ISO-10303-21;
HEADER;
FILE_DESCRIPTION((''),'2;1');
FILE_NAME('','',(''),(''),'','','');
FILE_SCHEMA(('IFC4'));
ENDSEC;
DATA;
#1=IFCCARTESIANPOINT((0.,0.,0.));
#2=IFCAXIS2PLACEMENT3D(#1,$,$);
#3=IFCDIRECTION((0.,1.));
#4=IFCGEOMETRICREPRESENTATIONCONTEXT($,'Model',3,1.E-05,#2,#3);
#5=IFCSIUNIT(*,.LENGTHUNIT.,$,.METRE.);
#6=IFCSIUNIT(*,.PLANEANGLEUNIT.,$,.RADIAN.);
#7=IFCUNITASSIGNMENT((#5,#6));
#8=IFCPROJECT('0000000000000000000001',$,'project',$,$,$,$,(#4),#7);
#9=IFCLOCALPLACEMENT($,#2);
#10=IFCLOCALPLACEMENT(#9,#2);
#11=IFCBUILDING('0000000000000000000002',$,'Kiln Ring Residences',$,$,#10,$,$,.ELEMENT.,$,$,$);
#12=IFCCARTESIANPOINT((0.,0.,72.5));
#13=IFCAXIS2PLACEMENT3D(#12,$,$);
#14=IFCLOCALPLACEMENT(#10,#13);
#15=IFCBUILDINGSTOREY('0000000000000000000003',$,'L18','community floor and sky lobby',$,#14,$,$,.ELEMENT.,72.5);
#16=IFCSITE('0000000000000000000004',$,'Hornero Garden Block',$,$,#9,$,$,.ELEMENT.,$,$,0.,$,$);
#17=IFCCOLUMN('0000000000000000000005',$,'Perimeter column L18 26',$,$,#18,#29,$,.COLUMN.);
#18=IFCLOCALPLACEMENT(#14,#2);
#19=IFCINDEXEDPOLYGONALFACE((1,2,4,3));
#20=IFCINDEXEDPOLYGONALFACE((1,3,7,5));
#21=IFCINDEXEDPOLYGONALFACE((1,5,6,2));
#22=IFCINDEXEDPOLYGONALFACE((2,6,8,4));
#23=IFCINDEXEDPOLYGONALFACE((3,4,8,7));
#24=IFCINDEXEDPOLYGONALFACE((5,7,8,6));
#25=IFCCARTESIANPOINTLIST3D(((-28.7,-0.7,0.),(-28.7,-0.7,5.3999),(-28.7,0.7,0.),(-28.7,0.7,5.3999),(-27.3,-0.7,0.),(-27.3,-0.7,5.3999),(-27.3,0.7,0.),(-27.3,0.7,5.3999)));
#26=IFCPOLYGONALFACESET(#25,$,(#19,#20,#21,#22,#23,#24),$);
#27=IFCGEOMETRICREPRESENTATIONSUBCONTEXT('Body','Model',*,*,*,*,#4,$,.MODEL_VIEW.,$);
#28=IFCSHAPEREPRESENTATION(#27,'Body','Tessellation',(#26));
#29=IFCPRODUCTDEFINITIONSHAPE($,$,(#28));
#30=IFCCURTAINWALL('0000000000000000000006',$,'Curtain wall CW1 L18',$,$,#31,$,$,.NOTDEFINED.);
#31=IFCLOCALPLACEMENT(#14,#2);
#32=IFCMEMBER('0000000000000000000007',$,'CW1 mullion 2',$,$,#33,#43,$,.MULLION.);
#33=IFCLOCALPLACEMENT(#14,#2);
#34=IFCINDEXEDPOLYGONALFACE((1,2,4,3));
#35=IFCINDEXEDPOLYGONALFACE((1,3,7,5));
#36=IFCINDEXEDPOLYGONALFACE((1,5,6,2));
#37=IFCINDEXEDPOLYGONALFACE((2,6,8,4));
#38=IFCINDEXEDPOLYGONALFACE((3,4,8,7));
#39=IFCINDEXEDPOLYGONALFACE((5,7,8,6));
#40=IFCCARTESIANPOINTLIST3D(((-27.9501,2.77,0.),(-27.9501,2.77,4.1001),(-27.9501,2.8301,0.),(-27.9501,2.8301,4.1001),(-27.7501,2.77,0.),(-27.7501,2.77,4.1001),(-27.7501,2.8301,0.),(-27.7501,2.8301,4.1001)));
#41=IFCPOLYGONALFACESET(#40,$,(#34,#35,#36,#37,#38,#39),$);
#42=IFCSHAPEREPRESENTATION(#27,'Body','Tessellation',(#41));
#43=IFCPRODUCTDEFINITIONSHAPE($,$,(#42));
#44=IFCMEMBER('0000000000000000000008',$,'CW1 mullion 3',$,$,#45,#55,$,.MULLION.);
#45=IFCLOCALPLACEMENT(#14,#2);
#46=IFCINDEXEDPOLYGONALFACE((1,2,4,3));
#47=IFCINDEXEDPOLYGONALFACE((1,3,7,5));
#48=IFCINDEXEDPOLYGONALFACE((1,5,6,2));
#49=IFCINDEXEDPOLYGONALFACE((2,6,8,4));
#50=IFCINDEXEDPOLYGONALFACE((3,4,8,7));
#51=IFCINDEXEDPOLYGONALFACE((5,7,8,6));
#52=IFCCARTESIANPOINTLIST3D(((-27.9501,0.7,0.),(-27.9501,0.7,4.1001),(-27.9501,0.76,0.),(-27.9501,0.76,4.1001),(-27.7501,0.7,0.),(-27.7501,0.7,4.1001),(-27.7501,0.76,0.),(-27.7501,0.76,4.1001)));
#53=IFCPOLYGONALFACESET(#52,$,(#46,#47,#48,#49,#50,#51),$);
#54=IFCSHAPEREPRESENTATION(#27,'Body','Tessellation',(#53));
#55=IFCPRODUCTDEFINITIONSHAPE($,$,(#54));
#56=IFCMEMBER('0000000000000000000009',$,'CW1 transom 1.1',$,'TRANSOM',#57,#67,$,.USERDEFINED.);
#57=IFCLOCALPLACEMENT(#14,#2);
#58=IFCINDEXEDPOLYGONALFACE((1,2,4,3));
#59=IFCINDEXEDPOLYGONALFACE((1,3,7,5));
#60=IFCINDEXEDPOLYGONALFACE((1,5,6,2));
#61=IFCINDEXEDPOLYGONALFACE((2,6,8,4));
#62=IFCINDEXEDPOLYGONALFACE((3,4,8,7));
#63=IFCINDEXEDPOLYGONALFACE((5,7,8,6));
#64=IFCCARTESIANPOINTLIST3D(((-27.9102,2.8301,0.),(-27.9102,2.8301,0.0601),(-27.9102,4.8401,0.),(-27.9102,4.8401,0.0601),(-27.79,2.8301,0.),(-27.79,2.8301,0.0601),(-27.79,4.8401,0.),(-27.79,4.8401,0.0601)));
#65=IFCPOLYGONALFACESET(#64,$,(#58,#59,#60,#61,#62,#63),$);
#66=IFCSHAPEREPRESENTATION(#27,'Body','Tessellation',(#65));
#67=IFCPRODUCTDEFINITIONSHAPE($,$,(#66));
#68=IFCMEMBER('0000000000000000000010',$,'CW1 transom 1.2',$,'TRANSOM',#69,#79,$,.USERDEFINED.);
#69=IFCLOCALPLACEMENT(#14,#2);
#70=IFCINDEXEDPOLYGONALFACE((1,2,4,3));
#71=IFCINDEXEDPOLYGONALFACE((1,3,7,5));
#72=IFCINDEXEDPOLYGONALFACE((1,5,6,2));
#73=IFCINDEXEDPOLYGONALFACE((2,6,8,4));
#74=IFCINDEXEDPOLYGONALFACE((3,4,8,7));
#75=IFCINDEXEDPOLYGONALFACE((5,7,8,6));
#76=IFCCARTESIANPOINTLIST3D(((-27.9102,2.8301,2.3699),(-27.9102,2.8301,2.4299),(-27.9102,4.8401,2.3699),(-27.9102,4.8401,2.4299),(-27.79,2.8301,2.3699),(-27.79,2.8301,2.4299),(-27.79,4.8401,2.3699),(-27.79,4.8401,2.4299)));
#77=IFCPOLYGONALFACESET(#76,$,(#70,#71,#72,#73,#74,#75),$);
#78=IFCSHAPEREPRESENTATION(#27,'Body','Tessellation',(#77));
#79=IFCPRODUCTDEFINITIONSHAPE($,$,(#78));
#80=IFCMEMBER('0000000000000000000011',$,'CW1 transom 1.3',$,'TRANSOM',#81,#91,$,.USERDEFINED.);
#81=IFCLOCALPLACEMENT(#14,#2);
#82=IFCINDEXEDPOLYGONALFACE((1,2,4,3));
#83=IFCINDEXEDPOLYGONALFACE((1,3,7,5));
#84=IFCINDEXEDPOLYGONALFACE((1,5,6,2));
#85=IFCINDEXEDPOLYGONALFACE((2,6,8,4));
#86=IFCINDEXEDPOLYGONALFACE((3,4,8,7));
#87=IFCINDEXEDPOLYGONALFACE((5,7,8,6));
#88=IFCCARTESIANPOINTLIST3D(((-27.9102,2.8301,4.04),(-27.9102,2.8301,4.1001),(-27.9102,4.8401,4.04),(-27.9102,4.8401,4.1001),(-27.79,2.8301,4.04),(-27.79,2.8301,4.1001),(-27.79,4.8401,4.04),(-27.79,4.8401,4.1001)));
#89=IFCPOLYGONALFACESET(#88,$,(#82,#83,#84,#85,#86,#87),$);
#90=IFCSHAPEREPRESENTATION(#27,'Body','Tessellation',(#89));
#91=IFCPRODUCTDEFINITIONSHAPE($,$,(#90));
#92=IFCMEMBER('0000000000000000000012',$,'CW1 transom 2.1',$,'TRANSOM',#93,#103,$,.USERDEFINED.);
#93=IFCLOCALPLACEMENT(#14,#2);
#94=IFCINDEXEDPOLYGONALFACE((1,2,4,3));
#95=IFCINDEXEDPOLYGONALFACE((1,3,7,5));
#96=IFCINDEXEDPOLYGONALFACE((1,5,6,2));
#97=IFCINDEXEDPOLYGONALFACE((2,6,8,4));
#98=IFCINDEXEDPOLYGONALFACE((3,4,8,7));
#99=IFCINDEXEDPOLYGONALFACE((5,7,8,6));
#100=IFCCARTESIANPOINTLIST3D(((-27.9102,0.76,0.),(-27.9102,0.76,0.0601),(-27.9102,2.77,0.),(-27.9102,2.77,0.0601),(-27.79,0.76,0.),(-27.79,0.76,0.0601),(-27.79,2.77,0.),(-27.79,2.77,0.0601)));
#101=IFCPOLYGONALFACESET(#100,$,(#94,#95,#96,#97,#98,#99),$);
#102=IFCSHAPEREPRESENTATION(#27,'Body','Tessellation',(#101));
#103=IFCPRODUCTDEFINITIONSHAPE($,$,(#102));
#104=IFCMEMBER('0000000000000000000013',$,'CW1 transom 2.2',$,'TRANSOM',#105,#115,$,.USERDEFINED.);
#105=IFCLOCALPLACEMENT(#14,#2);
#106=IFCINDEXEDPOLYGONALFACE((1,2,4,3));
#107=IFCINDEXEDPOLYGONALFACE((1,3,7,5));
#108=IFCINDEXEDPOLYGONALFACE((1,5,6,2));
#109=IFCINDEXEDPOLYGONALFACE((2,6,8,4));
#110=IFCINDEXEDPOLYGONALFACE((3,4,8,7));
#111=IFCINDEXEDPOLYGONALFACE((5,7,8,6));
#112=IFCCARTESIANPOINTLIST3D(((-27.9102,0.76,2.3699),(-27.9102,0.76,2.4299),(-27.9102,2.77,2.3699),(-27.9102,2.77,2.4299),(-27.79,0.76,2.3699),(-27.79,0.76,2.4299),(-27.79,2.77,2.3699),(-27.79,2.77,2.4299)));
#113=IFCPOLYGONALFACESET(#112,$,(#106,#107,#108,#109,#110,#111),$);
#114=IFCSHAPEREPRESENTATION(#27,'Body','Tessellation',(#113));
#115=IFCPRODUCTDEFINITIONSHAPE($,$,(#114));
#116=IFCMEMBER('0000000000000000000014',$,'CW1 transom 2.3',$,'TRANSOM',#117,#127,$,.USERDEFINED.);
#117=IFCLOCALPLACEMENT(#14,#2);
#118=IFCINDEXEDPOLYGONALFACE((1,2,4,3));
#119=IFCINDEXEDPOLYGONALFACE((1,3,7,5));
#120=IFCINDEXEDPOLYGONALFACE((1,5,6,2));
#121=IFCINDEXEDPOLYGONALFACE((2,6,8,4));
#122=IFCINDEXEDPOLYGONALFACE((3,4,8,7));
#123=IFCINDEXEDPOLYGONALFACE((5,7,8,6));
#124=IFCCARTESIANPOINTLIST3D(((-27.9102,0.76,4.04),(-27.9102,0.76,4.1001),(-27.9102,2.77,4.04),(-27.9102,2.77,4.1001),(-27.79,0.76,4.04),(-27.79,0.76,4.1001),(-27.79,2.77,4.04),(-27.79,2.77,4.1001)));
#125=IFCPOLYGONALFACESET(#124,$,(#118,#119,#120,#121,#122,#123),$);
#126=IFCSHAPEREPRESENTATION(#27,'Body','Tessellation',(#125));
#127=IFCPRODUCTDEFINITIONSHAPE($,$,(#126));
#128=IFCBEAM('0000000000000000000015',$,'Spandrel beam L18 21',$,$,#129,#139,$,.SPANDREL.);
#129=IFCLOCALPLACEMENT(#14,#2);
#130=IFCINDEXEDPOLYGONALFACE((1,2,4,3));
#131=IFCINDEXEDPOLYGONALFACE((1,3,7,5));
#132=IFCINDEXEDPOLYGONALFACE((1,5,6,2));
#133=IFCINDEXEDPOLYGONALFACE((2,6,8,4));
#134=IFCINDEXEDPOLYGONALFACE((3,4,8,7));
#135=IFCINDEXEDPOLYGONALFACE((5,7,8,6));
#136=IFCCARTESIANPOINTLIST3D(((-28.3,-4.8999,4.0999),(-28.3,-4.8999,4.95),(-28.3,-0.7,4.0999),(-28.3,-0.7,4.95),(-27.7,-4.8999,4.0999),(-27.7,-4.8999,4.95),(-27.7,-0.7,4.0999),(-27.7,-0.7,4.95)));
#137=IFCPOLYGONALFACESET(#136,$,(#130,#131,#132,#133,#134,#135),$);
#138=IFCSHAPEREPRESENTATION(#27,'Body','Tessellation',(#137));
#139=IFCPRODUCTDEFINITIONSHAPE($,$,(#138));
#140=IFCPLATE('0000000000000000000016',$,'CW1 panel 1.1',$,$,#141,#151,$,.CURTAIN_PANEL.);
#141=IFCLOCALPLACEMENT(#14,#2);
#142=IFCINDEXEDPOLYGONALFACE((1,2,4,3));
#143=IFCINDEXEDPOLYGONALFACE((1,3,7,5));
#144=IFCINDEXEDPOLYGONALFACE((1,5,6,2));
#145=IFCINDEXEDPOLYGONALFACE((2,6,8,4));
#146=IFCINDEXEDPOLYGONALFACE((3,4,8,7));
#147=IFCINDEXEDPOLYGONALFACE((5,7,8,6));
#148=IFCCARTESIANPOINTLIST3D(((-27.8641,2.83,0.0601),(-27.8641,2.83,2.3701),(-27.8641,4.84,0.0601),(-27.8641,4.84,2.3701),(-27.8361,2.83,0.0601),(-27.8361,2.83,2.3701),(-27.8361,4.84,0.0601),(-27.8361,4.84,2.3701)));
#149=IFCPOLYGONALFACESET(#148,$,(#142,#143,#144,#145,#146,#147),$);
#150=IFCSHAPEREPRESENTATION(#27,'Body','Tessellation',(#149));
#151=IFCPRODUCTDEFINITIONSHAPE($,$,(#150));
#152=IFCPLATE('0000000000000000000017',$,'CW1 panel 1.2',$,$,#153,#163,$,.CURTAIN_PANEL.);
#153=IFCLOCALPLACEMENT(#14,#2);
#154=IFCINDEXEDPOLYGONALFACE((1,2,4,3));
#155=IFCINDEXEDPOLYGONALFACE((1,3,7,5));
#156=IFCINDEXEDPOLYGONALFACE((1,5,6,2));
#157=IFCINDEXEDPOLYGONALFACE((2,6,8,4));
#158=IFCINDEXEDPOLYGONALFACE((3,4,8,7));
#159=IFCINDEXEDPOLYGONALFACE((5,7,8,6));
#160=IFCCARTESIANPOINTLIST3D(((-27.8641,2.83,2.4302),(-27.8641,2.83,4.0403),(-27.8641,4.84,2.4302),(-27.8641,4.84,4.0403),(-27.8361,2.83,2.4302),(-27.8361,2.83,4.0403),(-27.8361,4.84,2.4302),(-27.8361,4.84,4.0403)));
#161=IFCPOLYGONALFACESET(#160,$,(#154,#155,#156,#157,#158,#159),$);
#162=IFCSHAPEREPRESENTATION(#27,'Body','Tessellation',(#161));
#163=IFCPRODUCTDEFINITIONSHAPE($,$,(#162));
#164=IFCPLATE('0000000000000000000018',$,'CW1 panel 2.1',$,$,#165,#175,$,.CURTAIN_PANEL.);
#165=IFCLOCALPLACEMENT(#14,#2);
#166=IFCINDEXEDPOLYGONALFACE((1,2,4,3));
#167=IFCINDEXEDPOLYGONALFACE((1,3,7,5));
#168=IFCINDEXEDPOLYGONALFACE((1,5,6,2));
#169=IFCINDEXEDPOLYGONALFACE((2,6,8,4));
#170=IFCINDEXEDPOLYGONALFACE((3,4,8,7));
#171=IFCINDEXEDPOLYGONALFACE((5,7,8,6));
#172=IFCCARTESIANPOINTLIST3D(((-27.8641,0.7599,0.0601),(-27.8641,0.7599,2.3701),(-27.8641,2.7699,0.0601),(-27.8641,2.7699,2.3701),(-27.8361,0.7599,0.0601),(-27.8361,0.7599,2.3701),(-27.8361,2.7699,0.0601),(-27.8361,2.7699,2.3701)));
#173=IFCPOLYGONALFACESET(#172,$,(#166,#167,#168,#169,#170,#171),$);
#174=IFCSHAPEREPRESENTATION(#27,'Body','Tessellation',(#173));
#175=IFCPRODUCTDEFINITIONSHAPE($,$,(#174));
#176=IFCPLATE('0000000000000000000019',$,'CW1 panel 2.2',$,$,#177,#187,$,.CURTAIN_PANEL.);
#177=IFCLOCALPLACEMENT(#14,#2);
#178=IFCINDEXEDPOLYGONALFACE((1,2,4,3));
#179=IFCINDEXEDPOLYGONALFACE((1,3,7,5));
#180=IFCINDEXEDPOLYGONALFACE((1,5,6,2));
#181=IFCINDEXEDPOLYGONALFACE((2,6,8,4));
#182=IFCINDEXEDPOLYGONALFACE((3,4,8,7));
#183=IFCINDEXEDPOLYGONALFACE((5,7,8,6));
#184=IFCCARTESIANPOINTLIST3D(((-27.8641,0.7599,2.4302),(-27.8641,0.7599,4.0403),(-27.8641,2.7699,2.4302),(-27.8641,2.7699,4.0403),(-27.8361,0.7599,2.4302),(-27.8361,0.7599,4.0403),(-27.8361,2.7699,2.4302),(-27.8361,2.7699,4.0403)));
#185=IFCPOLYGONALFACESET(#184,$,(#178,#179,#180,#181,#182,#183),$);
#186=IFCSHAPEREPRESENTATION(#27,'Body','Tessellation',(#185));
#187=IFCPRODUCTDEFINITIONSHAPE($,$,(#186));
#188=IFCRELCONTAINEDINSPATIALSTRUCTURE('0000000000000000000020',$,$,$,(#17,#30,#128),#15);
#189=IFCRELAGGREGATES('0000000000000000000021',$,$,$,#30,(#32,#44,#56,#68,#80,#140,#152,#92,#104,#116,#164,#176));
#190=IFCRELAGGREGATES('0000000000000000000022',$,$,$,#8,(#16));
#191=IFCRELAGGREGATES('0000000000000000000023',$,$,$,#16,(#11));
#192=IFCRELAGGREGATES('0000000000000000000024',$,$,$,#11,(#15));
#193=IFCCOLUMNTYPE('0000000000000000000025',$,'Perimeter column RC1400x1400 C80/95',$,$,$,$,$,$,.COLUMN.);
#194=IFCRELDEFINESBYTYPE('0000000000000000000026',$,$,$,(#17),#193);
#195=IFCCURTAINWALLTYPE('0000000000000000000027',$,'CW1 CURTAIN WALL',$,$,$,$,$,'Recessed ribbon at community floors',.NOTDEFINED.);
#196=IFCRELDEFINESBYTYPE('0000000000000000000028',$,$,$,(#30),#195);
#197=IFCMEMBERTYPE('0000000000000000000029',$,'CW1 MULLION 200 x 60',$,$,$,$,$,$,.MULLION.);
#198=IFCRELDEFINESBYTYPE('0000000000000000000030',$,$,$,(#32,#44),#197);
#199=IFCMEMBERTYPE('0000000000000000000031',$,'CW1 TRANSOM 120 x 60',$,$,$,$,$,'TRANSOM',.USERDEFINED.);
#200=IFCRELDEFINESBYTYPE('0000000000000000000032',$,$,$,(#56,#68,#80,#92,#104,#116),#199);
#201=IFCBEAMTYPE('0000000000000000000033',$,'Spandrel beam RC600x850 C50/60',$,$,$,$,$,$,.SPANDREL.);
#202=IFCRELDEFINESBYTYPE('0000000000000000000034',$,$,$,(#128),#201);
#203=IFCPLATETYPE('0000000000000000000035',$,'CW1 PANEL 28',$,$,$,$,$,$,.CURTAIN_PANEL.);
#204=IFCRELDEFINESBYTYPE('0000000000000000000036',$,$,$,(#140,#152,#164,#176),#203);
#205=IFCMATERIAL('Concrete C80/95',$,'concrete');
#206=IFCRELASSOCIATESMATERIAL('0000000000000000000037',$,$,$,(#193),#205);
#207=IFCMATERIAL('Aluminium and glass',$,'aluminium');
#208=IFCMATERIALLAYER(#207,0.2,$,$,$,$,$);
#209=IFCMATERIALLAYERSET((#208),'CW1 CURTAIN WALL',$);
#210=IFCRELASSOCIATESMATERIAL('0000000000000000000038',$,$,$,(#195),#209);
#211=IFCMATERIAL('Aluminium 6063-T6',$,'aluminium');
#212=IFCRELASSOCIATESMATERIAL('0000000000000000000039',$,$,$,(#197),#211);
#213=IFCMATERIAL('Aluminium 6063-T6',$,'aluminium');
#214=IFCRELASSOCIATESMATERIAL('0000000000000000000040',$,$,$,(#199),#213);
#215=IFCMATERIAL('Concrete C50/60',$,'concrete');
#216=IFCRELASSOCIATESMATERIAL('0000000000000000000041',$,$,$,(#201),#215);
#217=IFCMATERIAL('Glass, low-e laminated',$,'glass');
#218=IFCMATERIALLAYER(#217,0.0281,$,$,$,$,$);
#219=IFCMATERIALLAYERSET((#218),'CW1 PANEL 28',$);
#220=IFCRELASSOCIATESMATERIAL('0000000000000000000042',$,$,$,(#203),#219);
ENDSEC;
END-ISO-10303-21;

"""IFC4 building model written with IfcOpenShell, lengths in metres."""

from ifc_helpers import new_model, si_unit, direction, frame, origin, origin_2d, place, context, subcontext, project, spatial, rectangle, extrude, material, layer, layer_set, material_profile, profile_set, type_object, element, aggregate, save


model = new_model("IFC4")

# Units and contexts
model_context = context("Model", 3, precision=1e-05, world=origin(), true_north=direction((0.0, 1.0)))
body_context = subcontext(model_context, "Body", "Model", "MODEL_VIEW")
ifc_project = project(units=[si_unit("LENGTHUNIT", "METRE"), si_unit("PLANEANGLEUNIT", "RADIAN")], contexts=[model_context])

# Site, building, storey
site_placement = place(None, origin())
site = spatial("IfcSite", under=ifc_project, at=site_placement, Name="Hornero Garden Block", CompositionType="ELEMENT", RefElevation=0.0)
building_placement = place(site_placement, origin())
building = spatial("IfcBuilding", under=site, at=building_placement, Name="Kiln Ring Residences", CompositionType="ELEMENT")
storey_placement = place(building_placement, frame((0.0, 0.0, 72.5)))
storey = spatial("IfcBuildingStorey", under=building, at=storey_placement, Name="L18", Description="community floor and sky lobby", CompositionType="ELEMENT", Elevation=72.5)

# Column
ifc_material_1 = material(Name="Concrete C80/95", Category="concrete")
ifc_material_profile_1 = material_profile(ifc_material_1, rectangle(XDim=1.3999, YDim=1.3999, at=origin_2d()), Name="RC1400x1400")
ifc_profile_set_1 = profile_set([ifc_material_profile_1], Name="Concrete C80/95")
column_type = type_object("IfcColumnType", Name="Perimeter column RC1400x1400 C80/95", PredefinedType="COLUMN", material=ifc_profile_set_1)
column_placement = place(storey_placement, frame((-28.0, 0.0, 0.0), z_axis=(0.0, 0.0, 1.0), x_axis=(1.0, 0.0, 0.0)))
element("IfcColumn", 1, at=column_placement, inside=storey, type_object=column_type, Name="Perimeter column L18 26", PredefinedType="COLUMN", context=body_context, shape_type="SweptSolid", body=[
    extrude(rectangle(XDim=1.3999, YDim=1.3999, at=origin_2d()), origin(), (0.0, 0.0, 1.0), 5.3999),
])

# Curtain wall, members
ifc_material_2 = material(Name="Aluminium and glass", Category="aluminium")
ifc_layer_1 = layer(ifc_material_2, 0.2)
ifc_layer_set_1 = layer_set([ifc_layer_1], Name="CW1 CURTAIN WALL")
curtain_wall_type = type_object("IfcCurtainWallType", Name="CW1 CURTAIN WALL", ElementType="Recessed ribbon at community floors", PredefinedType="NOTDEFINED", material=ifc_layer_set_1)
placement = place(storey_placement, origin())
curtain_wall = element("IfcCurtainWall", 2, at=placement, inside=storey, type_object=curtain_wall_type, Name="Curtain wall CW1 L18", PredefinedType="NOTDEFINED")
ifc_material_3 = material(Name="Aluminium 6063-T6", Category="aluminium")
ifc_material_profile_2 = material_profile(ifc_material_3, rectangle(XDim=0.2, YDim=0.0601, at=origin_2d()), Name="AL 200x60")
ifc_profile_set_2 = profile_set([ifc_material_profile_2], Name="Aluminium 6063-T6")
member_type_1 = type_object("IfcMemberType", Name="CW1 MULLION 200 x 60", PredefinedType="MULLION", material=ifc_profile_set_2)
member_1_placement = place(storey_placement, frame((-27.8501, 2.8, 0.0), z_axis=(0.0, 0.0, 1.0), x_axis=(1.0, 0.0, 0.0)))
member_1 = element("IfcMember", 3, at=member_1_placement, type_object=member_type_1, Name="CW1 mullion 2", PredefinedType="MULLION", context=body_context, shape_type="SweptSolid", body=[
    extrude(rectangle(XDim=0.2, YDim=0.0601, at=origin_2d()), origin(), (0.0, 0.0, 1.0), 4.1001),
])
member_2_placement = place(storey_placement, frame((-27.8501, 0.73, 0.0), z_axis=(0.0, 0.0, 1.0), x_axis=(1.0, 0.0, 0.0)))
member_2 = element("IfcMember", 4, at=member_2_placement, type_object=member_type_1, Name="CW1 mullion 3", PredefinedType="MULLION", context=body_context, shape_type="SweptSolid", body=[
    extrude(rectangle(XDim=0.2, YDim=0.0601, at=origin_2d()), origin(), (0.0, 0.0, 1.0), 4.1001),
])
ifc_material_4 = material(Name="Aluminium 6063-T6", Category="aluminium")
ifc_material_profile_3 = material_profile(ifc_material_4, rectangle(XDim=0.1201, YDim=0.0601, at=origin_2d()), Name="AL 120x60")
ifc_profile_set_3 = profile_set([ifc_material_profile_3], Name="Aluminium 6063-T6")
member_type_2 = type_object("IfcMemberType", Name="CW1 TRANSOM 120 x 60", ElementType="TRANSOM", PredefinedType="USERDEFINED", material=ifc_profile_set_3)
member_3_placement = place(storey_placement, frame((-27.8501, 4.8401, 0.03), z_axis=(0.0, -1.0, 0.0), x_axis=(1.0, 0.0, 0.0)))
member_3 = element("IfcMember", 5, at=member_3_placement, type_object=member_type_2, Name="CW1 transom 1.1", ObjectType="TRANSOM", PredefinedType="USERDEFINED", context=body_context, shape_type="SweptSolid", body=[
    extrude(rectangle(XDim=0.1201, YDim=0.0601, at=origin_2d()), origin(), (0.0, 0.0, 1.0), 2.01),
])
member_4_placement = place(storey_placement, frame((-27.8501, 4.8401, 2.3999), z_axis=(0.0, -1.0, 0.0), x_axis=(1.0, 0.0, 0.0)))
member_4 = element("IfcMember", 6, at=member_4_placement, type_object=member_type_2, Name="CW1 transom 1.2", ObjectType="TRANSOM", PredefinedType="USERDEFINED", context=body_context, shape_type="SweptSolid", body=[
    extrude(rectangle(XDim=0.1201, YDim=0.0601, at=origin_2d()), origin(), (0.0, 0.0, 1.0), 2.01),
])
member_5_placement = place(storey_placement, frame((-27.8501, 4.8401, 4.0701), z_axis=(0.0, -1.0, 0.0), x_axis=(1.0, 0.0, 0.0)))
member_5 = element("IfcMember", 7, at=member_5_placement, type_object=member_type_2, Name="CW1 transom 1.3", ObjectType="TRANSOM", PredefinedType="USERDEFINED", context=body_context, shape_type="SweptSolid", body=[
    extrude(rectangle(XDim=0.1201, YDim=0.0601, at=origin_2d()), origin(), (0.0, 0.0, 1.0), 2.01),
])
member_6_placement = place(storey_placement, frame((-27.8501, 2.77, 0.03), z_axis=(0.0, -1.0, 0.0), x_axis=(1.0, 0.0, 0.0)))
member_6 = element("IfcMember", 8, at=member_6_placement, type_object=member_type_2, Name="CW1 transom 2.1", ObjectType="TRANSOM", PredefinedType="USERDEFINED", context=body_context, shape_type="SweptSolid", body=[
    extrude(rectangle(XDim=0.1201, YDim=0.0601, at=origin_2d()), origin(), (0.0, 0.0, 1.0), 2.01),
])
member_7_placement = place(storey_placement, frame((-27.8501, 2.77, 2.3999), z_axis=(0.0, -1.0, 0.0), x_axis=(1.0, 0.0, 0.0)))
member_7 = element("IfcMember", 9, at=member_7_placement, type_object=member_type_2, Name="CW1 transom 2.2", ObjectType="TRANSOM", PredefinedType="USERDEFINED", context=body_context, shape_type="SweptSolid", body=[
    extrude(rectangle(XDim=0.1201, YDim=0.0601, at=origin_2d()), origin(), (0.0, 0.0, 1.0), 2.01),
])
member_8_placement = place(storey_placement, frame((-27.8501, 2.77, 4.0701), z_axis=(0.0, -1.0, 0.0), x_axis=(1.0, 0.0, 0.0)))
member_8 = element("IfcMember", 10, at=member_8_placement, type_object=member_type_2, Name="CW1 transom 2.3", ObjectType="TRANSOM", PredefinedType="USERDEFINED", context=body_context, shape_type="SweptSolid", body=[
    extrude(rectangle(XDim=0.1201, YDim=0.0601, at=origin_2d()), origin(), (0.0, 0.0, 1.0), 2.01),
])

# Beam
ifc_material_5 = material(Name="Concrete C50/60", Category="concrete")
ifc_material_profile_4 = material_profile(ifc_material_5, rectangle(XDim=0.6001, YDim=0.8501, at=origin_2d()), Name="RC600x850")
ifc_profile_set_4 = profile_set([ifc_material_profile_4], Name="Concrete C50/60")
beam_type = type_object("IfcBeamType", Name="Spandrel beam RC600x850 C50/60", PredefinedType="SPANDREL", material=ifc_profile_set_4)
beam_placement = place(storey_placement, frame((-28.0, -0.7, 4.5249), z_axis=(0.0, -1.0, 0.0), x_axis=(1.0, 0.0, 0.0)))
element("IfcBeam", 11, at=beam_placement, inside=storey, type_object=beam_type, Name="Spandrel beam L18 21", PredefinedType="SPANDREL", context=body_context, shape_type="SweptSolid", body=[
    extrude(rectangle(XDim=0.6001, YDim=0.8501, at=origin_2d()), origin(), (0.0, 0.0, 1.0), 4.2),
])

# Plates
ifc_material_6 = material(Name="Glass, low-e laminated", Category="glass")
ifc_layer_2 = layer(ifc_material_6, 0.0281)
ifc_layer_set_2 = layer_set([ifc_layer_2], Name="CW1 PANEL 28")
plate_type = type_object("IfcPlateType", Name="CW1 PANEL 28", PredefinedType="CURTAIN_PANEL", material=ifc_layer_set_2)
plate_1_placement = place(storey_placement, frame((-27.8501, 3.835, 0.0601), z_axis=(0.0, 0.0, 1.0), x_axis=(0.0, -1.0, 0.0)))
plate_1 = element("IfcPlate", 12, at=plate_1_placement, type_object=plate_type, Name="CW1 panel 1.1", PredefinedType="CURTAIN_PANEL", context=body_context, shape_type="SweptSolid", body=[
    extrude(rectangle(XDim=2.01, YDim=0.0281, at=origin_2d()), origin(), (0.0, 0.0, 1.0), 2.3101),
])
plate_2_placement = place(storey_placement, frame((-27.8501, 3.835, 2.4302), z_axis=(0.0, 0.0, 1.0), x_axis=(0.0, -1.0, 0.0)))
plate_2 = element("IfcPlate", 13, at=plate_2_placement, type_object=plate_type, Name="CW1 panel 1.2", PredefinedType="CURTAIN_PANEL", context=body_context, shape_type="SweptSolid", body=[
    extrude(rectangle(XDim=2.01, YDim=0.0281, at=origin_2d()), origin(), (0.0, 0.0, 1.0), 1.6101),
])
plate_3_placement = place(storey_placement, frame((-27.8501, 1.7649, 0.0601), z_axis=(0.0, 0.0, 1.0), x_axis=(0.0, -1.0, 0.0)))
plate_3 = element("IfcPlate", 14, at=plate_3_placement, type_object=plate_type, Name="CW1 panel 2.1", PredefinedType="CURTAIN_PANEL", context=body_context, shape_type="SweptSolid", body=[
    extrude(rectangle(XDim=2.01, YDim=0.0281, at=origin_2d()), origin(), (0.0, 0.0, 1.0), 2.3101),
])
plate_4_placement = place(storey_placement, frame((-27.8501, 1.7649, 2.4302), z_axis=(0.0, 0.0, 1.0), x_axis=(0.0, -1.0, 0.0)))
plate_4 = element("IfcPlate", 15, at=plate_4_placement, type_object=plate_type, Name="CW1 panel 2.2", PredefinedType="CURTAIN_PANEL", context=body_context, shape_type="SweptSolid", body=[
    extrude(rectangle(XDim=2.01, YDim=0.0281, at=origin_2d()), origin(), (0.0, 0.0, 1.0), 1.6101),
])
aggregate(curtain_wall, [member_1, member_2, member_3, member_4, member_5, plate_1, plate_2, member_6, member_7, member_8, plate_3, plate_4])

save(model, "model.ifc")
